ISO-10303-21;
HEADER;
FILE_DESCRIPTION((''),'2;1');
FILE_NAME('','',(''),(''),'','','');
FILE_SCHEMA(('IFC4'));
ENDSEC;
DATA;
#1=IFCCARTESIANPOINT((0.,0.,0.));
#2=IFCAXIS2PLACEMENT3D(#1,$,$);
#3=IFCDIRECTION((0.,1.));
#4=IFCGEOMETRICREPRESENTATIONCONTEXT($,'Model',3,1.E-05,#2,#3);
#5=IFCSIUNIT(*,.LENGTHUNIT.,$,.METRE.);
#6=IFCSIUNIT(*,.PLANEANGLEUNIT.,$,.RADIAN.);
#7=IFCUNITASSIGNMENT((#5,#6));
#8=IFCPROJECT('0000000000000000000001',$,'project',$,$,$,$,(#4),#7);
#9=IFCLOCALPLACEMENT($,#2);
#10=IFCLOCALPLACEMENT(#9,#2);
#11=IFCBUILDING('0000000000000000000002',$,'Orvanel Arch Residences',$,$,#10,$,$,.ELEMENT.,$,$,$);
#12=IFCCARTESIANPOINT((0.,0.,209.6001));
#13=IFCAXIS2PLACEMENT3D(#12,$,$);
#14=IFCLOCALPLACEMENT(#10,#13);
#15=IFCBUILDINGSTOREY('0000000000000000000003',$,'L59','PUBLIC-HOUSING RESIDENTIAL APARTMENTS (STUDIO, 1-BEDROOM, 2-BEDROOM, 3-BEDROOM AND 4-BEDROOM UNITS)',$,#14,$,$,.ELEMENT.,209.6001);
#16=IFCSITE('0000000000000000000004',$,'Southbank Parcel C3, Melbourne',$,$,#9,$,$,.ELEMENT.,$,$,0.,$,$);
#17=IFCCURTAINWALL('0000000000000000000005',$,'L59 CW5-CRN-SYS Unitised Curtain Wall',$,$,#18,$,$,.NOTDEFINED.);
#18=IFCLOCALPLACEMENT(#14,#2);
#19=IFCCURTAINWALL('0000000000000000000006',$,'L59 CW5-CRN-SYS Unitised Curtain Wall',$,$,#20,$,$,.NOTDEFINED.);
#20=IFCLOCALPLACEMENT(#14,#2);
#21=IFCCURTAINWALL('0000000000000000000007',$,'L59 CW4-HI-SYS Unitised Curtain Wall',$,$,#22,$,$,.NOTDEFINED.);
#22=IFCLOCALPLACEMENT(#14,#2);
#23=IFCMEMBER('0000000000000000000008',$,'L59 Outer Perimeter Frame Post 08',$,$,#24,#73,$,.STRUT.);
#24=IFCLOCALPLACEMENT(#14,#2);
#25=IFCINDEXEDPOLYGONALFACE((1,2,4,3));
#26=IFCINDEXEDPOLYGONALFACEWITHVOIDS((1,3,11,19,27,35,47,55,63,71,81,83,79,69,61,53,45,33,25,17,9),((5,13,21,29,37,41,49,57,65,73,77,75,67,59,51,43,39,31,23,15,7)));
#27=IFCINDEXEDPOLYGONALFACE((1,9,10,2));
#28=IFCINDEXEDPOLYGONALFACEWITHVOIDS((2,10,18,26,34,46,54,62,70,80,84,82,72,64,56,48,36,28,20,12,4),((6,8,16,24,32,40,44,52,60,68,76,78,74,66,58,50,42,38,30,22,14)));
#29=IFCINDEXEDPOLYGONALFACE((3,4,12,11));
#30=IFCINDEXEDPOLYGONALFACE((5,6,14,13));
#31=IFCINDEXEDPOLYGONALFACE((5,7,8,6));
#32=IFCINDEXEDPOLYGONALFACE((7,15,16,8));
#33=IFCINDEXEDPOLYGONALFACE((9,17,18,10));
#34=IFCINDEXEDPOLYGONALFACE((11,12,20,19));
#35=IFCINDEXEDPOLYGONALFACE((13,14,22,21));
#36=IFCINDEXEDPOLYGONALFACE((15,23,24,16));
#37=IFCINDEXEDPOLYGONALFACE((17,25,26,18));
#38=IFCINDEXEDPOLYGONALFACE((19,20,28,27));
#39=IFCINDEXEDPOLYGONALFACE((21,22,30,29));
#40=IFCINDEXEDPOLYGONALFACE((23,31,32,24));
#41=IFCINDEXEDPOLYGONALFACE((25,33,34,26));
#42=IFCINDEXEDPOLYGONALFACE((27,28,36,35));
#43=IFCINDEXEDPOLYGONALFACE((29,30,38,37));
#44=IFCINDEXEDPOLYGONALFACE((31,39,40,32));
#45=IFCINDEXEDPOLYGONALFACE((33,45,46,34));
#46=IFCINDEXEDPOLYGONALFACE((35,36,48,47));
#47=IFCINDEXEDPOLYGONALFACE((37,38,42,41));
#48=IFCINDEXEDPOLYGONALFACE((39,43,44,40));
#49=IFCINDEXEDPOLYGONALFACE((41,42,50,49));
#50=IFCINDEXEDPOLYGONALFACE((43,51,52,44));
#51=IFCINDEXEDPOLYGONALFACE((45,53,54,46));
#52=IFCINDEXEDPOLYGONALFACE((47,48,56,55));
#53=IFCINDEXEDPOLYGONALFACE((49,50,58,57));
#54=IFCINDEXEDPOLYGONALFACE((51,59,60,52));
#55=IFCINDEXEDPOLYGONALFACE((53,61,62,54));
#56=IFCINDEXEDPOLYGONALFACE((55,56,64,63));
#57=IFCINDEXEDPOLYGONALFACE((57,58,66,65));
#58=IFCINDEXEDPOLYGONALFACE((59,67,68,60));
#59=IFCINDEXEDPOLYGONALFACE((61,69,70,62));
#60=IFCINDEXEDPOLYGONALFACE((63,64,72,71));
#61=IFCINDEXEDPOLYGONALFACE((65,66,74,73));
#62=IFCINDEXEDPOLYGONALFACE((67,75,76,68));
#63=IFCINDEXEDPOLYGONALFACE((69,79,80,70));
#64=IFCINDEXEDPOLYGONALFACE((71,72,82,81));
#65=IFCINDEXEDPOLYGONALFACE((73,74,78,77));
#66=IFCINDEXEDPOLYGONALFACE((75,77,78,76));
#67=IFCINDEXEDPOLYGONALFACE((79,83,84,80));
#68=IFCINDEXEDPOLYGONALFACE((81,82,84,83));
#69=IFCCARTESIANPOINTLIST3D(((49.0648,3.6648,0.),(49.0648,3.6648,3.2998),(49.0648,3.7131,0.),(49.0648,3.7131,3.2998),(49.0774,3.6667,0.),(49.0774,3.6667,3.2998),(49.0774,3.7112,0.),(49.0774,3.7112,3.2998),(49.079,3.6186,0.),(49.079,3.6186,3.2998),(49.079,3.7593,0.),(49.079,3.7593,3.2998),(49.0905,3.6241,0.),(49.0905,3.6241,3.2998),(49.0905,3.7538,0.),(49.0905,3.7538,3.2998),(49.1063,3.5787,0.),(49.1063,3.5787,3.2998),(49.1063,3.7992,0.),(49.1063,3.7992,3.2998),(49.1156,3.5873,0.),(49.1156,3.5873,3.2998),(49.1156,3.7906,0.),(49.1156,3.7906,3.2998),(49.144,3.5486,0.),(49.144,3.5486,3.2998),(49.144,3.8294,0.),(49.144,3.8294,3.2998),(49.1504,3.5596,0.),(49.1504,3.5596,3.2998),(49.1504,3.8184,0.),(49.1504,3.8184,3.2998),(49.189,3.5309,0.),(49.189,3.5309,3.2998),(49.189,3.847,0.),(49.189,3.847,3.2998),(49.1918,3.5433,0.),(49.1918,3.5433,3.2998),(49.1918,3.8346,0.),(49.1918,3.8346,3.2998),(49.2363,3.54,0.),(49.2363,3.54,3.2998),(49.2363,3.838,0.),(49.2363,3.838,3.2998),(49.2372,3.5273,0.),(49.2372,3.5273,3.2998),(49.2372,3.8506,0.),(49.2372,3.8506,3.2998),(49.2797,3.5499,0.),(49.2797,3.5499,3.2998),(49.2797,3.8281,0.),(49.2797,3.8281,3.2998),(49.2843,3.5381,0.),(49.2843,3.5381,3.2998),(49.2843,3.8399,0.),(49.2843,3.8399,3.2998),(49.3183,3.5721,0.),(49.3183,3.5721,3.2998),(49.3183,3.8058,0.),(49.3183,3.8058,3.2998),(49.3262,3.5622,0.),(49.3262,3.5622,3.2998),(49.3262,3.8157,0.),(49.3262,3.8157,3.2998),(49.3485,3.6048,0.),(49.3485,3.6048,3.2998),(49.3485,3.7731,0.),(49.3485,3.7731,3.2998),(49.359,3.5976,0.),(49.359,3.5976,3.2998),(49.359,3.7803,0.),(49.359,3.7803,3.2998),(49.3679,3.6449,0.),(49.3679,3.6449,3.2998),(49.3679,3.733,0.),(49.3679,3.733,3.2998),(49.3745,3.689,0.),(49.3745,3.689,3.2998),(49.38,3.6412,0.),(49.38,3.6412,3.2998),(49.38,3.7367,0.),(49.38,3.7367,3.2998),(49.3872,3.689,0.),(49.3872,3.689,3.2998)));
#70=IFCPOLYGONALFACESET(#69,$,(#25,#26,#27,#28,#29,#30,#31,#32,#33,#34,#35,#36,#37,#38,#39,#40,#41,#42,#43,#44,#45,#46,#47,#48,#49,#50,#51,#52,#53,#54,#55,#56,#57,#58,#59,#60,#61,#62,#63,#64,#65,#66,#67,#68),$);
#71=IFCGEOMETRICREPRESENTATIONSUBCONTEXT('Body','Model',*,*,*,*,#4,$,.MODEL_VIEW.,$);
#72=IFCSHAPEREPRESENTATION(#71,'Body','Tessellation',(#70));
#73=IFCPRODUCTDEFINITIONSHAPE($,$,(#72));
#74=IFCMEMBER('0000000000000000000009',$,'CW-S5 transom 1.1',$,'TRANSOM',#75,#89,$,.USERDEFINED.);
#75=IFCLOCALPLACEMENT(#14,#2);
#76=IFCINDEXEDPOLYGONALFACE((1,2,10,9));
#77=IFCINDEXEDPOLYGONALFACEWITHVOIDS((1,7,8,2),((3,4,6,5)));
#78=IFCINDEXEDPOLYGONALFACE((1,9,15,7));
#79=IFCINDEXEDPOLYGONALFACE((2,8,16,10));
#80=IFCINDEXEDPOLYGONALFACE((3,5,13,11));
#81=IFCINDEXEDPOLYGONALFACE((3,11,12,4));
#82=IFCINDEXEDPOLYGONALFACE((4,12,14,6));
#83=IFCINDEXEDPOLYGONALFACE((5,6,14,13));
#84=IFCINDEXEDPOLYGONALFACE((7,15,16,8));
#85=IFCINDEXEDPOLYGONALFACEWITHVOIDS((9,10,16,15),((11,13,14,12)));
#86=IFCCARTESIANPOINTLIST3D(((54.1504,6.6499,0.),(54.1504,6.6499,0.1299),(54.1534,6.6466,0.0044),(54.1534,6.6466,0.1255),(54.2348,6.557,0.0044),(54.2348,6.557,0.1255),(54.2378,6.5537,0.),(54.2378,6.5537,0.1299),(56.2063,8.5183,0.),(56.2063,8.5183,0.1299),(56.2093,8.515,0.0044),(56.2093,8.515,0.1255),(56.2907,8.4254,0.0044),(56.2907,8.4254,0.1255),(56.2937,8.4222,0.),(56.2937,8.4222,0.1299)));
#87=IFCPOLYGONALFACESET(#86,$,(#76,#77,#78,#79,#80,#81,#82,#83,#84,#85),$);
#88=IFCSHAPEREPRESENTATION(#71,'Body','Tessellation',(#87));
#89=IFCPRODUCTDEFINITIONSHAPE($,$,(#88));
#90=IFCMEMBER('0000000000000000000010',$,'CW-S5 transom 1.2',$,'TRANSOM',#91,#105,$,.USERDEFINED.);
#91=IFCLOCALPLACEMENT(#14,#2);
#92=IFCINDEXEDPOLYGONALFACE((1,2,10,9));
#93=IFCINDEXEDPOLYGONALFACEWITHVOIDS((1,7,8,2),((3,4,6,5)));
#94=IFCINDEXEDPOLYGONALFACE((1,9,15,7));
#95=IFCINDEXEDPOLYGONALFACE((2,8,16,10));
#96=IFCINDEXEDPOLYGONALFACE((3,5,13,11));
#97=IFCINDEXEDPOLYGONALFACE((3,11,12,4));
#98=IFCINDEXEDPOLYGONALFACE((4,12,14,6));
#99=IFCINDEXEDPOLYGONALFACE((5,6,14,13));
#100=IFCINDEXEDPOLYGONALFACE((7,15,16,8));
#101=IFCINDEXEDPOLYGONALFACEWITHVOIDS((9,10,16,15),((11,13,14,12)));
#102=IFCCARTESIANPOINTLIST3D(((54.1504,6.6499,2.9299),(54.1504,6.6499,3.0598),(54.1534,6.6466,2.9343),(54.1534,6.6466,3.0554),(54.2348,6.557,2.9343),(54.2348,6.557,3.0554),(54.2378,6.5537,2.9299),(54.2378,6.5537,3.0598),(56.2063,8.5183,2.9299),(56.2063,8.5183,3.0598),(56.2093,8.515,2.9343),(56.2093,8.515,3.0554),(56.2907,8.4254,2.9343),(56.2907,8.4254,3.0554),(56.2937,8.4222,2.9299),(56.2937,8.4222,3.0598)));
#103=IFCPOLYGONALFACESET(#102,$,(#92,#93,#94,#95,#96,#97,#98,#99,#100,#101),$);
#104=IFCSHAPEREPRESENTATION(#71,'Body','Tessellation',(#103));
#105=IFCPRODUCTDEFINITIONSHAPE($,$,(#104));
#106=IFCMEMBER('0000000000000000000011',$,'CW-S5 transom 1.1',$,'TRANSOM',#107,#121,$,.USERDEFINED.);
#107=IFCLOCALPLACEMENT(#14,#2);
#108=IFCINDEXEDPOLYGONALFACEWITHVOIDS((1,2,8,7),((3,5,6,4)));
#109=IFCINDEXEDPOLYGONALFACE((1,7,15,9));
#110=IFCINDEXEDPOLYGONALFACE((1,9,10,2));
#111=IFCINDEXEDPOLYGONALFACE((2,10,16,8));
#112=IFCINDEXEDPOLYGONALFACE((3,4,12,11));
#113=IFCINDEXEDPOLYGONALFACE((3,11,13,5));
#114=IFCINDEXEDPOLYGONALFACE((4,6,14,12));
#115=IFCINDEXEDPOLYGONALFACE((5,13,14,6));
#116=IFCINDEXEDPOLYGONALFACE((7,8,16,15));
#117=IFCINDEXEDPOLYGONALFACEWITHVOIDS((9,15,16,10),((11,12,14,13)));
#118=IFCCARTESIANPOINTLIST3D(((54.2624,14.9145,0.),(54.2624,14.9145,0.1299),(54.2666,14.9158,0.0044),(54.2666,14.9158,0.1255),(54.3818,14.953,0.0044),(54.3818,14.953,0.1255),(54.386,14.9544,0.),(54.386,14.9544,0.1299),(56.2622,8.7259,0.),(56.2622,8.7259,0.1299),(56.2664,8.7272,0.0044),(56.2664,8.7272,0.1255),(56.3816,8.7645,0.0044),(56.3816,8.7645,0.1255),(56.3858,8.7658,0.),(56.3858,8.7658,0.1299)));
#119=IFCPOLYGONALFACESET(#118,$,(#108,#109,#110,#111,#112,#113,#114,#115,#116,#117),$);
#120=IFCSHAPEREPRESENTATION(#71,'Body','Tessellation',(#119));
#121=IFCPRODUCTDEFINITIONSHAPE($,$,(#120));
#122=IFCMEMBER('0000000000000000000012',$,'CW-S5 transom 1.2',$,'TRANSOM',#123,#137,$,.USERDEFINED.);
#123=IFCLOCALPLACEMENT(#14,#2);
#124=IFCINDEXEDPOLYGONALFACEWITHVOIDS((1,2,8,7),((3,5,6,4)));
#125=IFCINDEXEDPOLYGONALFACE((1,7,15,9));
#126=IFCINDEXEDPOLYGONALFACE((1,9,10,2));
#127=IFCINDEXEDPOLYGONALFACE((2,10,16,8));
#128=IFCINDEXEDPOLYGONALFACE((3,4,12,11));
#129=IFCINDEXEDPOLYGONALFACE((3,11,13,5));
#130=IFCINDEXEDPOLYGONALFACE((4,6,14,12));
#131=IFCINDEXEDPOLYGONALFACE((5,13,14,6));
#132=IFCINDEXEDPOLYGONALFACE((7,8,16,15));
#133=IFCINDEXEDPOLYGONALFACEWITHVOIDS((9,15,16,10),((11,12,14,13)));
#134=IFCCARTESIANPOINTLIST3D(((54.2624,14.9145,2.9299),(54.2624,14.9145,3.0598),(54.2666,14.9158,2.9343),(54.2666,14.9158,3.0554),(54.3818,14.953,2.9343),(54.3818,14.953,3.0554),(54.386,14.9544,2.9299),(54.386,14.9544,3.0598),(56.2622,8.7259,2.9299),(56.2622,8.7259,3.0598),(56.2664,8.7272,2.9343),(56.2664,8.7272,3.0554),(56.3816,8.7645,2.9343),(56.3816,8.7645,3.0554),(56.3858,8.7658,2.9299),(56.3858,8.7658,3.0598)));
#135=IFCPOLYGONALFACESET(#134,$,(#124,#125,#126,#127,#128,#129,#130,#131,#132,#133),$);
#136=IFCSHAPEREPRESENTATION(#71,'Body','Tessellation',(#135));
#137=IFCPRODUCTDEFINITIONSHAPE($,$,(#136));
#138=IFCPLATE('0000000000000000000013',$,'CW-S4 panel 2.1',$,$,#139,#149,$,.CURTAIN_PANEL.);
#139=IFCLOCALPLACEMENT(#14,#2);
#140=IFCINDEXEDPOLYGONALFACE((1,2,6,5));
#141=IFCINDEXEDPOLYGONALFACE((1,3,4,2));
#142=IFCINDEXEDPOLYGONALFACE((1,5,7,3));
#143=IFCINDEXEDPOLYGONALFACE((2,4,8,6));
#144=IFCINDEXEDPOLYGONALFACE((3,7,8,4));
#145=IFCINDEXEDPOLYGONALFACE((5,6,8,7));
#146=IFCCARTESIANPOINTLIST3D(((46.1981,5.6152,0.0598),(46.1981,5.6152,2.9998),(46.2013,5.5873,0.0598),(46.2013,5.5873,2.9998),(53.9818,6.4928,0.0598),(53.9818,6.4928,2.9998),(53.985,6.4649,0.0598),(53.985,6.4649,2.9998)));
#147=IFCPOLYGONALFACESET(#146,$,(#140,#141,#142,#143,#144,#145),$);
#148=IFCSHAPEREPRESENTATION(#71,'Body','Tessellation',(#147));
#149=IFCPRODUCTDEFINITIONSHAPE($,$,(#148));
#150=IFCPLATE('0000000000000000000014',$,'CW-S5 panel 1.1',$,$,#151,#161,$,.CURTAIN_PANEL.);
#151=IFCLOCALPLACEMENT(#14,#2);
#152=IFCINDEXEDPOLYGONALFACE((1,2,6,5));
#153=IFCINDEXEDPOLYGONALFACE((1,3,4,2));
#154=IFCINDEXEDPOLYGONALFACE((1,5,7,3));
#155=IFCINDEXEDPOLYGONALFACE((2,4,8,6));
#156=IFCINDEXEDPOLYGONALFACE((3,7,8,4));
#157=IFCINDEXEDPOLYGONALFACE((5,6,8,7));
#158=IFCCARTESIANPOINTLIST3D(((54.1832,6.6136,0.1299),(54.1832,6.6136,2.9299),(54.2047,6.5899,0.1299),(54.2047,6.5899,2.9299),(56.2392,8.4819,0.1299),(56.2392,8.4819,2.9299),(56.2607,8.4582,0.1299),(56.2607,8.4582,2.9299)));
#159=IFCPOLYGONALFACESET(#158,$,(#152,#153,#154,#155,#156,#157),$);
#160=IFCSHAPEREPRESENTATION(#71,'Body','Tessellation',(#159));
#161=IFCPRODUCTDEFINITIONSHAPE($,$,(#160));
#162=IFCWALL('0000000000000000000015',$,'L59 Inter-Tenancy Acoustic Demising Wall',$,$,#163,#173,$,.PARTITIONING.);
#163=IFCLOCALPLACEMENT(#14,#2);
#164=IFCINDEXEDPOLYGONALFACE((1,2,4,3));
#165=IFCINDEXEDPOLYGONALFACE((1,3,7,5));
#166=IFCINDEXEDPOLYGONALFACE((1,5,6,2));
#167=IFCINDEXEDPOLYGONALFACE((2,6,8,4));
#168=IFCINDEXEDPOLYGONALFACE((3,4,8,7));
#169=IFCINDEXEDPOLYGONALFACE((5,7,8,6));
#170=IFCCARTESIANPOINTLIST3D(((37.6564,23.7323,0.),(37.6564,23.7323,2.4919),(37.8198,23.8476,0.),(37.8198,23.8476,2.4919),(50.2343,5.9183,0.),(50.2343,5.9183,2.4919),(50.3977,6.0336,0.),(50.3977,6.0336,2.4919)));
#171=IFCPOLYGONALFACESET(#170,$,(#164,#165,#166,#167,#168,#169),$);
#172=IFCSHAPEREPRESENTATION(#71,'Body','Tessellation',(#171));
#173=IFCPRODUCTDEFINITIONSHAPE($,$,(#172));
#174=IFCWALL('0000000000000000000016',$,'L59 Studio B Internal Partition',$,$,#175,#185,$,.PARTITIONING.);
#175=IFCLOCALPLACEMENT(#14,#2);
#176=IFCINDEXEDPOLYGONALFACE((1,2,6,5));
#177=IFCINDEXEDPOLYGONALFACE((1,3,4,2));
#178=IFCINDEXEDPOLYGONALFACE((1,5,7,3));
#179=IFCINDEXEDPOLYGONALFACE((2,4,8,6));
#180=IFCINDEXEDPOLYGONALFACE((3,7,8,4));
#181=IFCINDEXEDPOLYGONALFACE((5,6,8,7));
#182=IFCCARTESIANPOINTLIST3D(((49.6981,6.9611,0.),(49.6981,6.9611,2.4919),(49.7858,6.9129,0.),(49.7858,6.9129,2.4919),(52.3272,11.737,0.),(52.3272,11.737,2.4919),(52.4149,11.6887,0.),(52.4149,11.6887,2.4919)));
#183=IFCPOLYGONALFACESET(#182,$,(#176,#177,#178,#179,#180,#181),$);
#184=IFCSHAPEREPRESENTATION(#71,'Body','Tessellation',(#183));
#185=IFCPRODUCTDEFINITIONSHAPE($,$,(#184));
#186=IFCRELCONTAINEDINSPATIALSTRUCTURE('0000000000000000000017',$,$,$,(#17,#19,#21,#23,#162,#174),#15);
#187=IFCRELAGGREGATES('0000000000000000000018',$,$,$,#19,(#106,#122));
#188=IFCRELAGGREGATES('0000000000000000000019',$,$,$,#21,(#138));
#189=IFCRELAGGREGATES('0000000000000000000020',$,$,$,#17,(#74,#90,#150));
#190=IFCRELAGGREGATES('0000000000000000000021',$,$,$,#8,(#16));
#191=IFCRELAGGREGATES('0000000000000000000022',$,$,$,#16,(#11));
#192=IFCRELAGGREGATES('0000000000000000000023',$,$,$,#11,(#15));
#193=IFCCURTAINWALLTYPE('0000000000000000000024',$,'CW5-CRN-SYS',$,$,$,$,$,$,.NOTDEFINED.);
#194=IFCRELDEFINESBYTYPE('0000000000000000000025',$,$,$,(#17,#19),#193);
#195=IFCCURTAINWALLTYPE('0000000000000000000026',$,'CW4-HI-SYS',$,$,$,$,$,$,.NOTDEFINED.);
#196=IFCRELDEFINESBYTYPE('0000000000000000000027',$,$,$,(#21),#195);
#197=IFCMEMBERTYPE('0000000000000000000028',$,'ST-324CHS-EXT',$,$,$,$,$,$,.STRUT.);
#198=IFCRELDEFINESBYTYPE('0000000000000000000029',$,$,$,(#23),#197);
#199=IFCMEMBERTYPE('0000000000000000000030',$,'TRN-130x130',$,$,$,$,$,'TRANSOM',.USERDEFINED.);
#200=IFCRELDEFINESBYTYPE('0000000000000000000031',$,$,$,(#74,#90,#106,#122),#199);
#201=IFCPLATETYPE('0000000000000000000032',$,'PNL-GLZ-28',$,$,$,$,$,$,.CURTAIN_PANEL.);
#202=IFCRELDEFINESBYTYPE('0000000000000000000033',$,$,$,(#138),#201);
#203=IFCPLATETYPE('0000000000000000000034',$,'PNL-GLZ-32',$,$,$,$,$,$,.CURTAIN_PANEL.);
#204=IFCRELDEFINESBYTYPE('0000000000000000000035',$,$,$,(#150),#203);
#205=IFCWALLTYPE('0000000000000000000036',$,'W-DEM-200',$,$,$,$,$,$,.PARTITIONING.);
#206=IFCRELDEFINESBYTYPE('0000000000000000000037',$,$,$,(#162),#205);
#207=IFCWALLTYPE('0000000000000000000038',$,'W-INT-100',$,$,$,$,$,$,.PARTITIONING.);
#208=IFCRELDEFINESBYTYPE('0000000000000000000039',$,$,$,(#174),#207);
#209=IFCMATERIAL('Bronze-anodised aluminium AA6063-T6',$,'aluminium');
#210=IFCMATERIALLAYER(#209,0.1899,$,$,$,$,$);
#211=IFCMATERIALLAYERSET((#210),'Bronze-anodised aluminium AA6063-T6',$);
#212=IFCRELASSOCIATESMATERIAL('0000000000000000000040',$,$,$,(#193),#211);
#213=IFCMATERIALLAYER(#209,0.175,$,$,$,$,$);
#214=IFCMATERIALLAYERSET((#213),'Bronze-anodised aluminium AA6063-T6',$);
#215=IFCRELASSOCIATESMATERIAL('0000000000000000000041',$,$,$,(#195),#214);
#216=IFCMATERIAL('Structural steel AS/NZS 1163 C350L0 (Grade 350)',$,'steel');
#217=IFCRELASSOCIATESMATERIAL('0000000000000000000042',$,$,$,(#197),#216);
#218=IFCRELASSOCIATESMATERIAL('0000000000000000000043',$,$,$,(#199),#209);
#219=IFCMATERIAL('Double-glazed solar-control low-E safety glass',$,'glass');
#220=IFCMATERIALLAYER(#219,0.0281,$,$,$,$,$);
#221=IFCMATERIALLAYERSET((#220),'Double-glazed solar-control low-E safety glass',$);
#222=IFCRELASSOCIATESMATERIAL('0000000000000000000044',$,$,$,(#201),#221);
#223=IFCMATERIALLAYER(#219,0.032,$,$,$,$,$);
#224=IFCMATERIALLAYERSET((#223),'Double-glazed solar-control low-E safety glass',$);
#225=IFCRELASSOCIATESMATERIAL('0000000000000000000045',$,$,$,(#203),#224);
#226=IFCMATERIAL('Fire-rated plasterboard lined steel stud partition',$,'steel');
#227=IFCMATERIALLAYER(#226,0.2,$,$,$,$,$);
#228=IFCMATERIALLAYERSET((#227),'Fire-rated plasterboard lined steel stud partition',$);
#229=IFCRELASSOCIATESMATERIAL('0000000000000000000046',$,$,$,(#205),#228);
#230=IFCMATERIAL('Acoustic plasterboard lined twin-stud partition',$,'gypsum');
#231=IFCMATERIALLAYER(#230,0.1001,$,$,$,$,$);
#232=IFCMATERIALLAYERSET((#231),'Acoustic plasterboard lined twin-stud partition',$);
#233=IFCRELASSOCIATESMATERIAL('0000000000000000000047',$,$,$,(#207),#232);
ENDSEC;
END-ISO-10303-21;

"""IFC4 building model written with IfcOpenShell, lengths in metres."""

from ifc_helpers import new_model, si_unit, direction, frame, frame_2d, origin, origin_2d, place, context, subcontext, project, spatial, rectangle, hollow_rectangle, hollow_circle, extrude, material, layer, layer_set, material_profile, profile_set, type_object, element, aggregate, save


model = new_model("IFC4")

# Units and contexts
model_context = context("Model", 3, precision=1e-05, world=origin(), true_north=direction((0.0, 1.0)))
body_context = subcontext(model_context, "Body", "Model", "MODEL_VIEW")
ifc_project = project(units=[si_unit("LENGTHUNIT", "METRE"), si_unit("PLANEANGLEUNIT", "RADIAN")], contexts=[model_context])

# Site, building, storey
site_placement = place(None, origin())
site = spatial("IfcSite", under=ifc_project, at=site_placement, Name="Southbank Parcel C3, Melbourne", CompositionType="ELEMENT", RefElevation=0.0)
building_placement = place(site_placement, origin())
building = spatial("IfcBuilding", under=site, at=building_placement, Name="Orvanel Arch Residences", CompositionType="ELEMENT")
storey_placement = place(building_placement, frame((0.0, 0.0, 209.6001)))
storey = spatial("IfcBuildingStorey", under=building, at=storey_placement, Name="L59", Description="PUBLIC-HOUSING RESIDENTIAL APARTMENTS (STUDIO, 1-BEDROOM, 2-BEDROOM, 3-BEDROOM AND 4-BEDROOM UNITS)", CompositionType="ELEMENT", Elevation=209.6001)

# Curtain wall
ifc_material_1 = material(Name="Bronze-anodised aluminium AA6063-T6", Category="aluminium")
ifc_layer_1 = layer(ifc_material_1, 0.1899)
ifc_layer_set_1 = layer_set([ifc_layer_1], Name="Bronze-anodised aluminium AA6063-T6")
curtain_wall_type_1 = type_object("IfcCurtainWallType", Name="CW5-CRN-SYS", PredefinedType="NOTDEFINED", material=ifc_layer_set_1)
curtain_wall_1_placement = place(storey_placement, origin())
curtain_wall_1 = element("IfcCurtainWall", 1, at=curtain_wall_1_placement, inside=storey, type_object=curtain_wall_type_1, Name="L59 CW5-CRN-SYS Unitised Curtain Wall", PredefinedType="NOTDEFINED")

# Curtain walls
curtain_wall_2_placement = place(storey_placement, origin())
curtain_wall_2 = element("IfcCurtainWall", 2, at=curtain_wall_2_placement, inside=storey, type_object=curtain_wall_type_1, Name="L59 CW5-CRN-SYS Unitised Curtain Wall", PredefinedType="NOTDEFINED")
ifc_layer_2 = layer(ifc_material_1, 0.175)
ifc_layer_set_2 = layer_set([ifc_layer_2], Name="Bronze-anodised aluminium AA6063-T6")
curtain_wall_type_2 = type_object("IfcCurtainWallType", Name="CW4-HI-SYS", PredefinedType="NOTDEFINED", material=ifc_layer_set_2)
curtain_wall_3_placement = place(storey_placement, origin())
curtain_wall_3 = element("IfcCurtainWall", 3, at=curtain_wall_3_placement, inside=storey, type_object=curtain_wall_type_2, Name="L59 CW4-HI-SYS Unitised Curtain Wall", PredefinedType="NOTDEFINED")

# Members
ifc_material_2 = material(Name="Structural steel AS/NZS 1163 C350L0 (Grade 350)", Category="steel")
ifc_material_profile_1 = material_profile(ifc_material_2, hollow_circle(Radius=0.1621, WallThickness=0.0127, at=origin_2d()), Name="CHS324x12.7")
ifc_profile_set_1 = profile_set([ifc_material_profile_1], Name="Structural steel AS/NZS 1163 C350L0 (Grade 350)")
member_type_1 = type_object("IfcMemberType", Name="ST-324CHS-EXT", PredefinedType="STRUT", material=ifc_profile_set_1)
member_1_placement = place(storey_placement, frame((49.2251, 3.689, 0.0), z_axis=(0.0, 0.0, 1.0), x_axis=(1.0, 0.0, 0.0)))
element("IfcMember", 4, at=member_1_placement, inside=storey, type_object=member_type_1, Name="L59 Outer Perimeter Frame Post 08", PredefinedType="STRUT", context=body_context, shape_type="SweptSolid", body=[
    extrude(hollow_circle(Radius=0.1621, WallThickness=0.0127, at=origin_2d()), origin(), (0.0, 0.0, 1.0), 3.2998),
])
ifc_material_profile_2 = material_profile(ifc_material_1, hollow_rectangle(XDim=0.1299, YDim=0.1299, WallThickness=0.0044, at=origin_2d()), Name="ALU130x130x4.5")
ifc_profile_set_2 = profile_set([ifc_material_profile_2], Name="Bronze-anodised aluminium AA6063-T6")
member_type_2 = type_object("IfcMemberType", Name="TRN-130x130", ElementType="TRANSOM", PredefinedType="USERDEFINED", material=ifc_profile_set_2)
member_2_placement = place(storey_placement, frame((54.1941, 6.6018, 0.0649), z_axis=(0.740047, 0.672555, 0.0), x_axis=(-0.672555, 0.740047, 0.0)))
member_2 = element("IfcMember", 5, at=member_2_placement, type_object=member_type_2, Name="CW-S5 transom 1.1", ObjectType="TRANSOM", PredefinedType="USERDEFINED", context=body_context, shape_type="SweptSolid", body=[
    extrude(hollow_rectangle(XDim=0.1299, YDim=0.1299, WallThickness=0.0044, at=origin_2d()), origin(), (0.0, 0.0, 1.0), 2.7781),
])
member_3_placement = place(storey_placement, frame((54.1941, 6.6018, 2.9949), z_axis=(0.740047, 0.672555, 0.0), x_axis=(-0.672555, 0.740047, 0.0)))
member_3 = element("IfcMember", 6, at=member_3_placement, type_object=member_type_2, Name="CW-S5 transom 1.2", ObjectType="TRANSOM", PredefinedType="USERDEFINED", context=body_context, shape_type="SweptSolid", body=[
    extrude(hollow_rectangle(XDim=0.1299, YDim=0.1299, WallThickness=0.0044, at=origin_2d()), origin(), (0.0, 0.0, 1.0), 2.7781),
])
member_4_placement = place(storey_placement, frame((56.324, 8.7458, 0.0649), z_axis=(-0.307486, 0.951552, 0.0), x_axis=(-0.951552, -0.307486, 0.0)))
member_4 = element("IfcMember", 7, at=member_4_placement, type_object=member_type_2, Name="CW-S5 transom 1.1", ObjectType="TRANSOM", PredefinedType="USERDEFINED", context=body_context, shape_type="SweptSolid", body=[
    extrude(hollow_rectangle(XDim=0.1299, YDim=0.1299, WallThickness=0.0044, at=origin_2d()), origin(), (0.0, 0.0, 1.0), 6.5037),
])
member_5_placement = place(storey_placement, frame((56.324, 8.7458, 2.9949), z_axis=(-0.307486, 0.951552, 0.0), x_axis=(-0.951552, -0.307486, 0.0)))
member_5 = element("IfcMember", 8, at=member_5_placement, type_object=member_type_2, Name="CW-S5 transom 1.2", ObjectType="TRANSOM", PredefinedType="USERDEFINED", context=body_context, shape_type="SweptSolid", body=[
    extrude(hollow_rectangle(XDim=0.1299, YDim=0.1299, WallThickness=0.0044, at=origin_2d()), origin(), (0.0, 0.0, 1.0), 6.5037),
])
aggregate(curtain_wall_2, [member_4, member_5])

# Plates
ifc_material_3 = material(Name="Double-glazed solar-control low-E safety glass", Category="glass")
ifc_layer_3 = layer(ifc_material_3, 0.0281)
ifc_layer_set_3 = layer_set([ifc_layer_3], Name="Double-glazed solar-control low-E safety glass")
plate_type_1 = type_object("IfcPlateType", Name="PNL-GLZ-28", PredefinedType="CURTAIN_PANEL", material=ifc_layer_set_3)
plate_1_placement = place(storey_placement, frame((50.0916, 6.04, 0.0598), z_axis=(0.0, 0.0, 1.0), x_axis=(0.993704, 0.112037, 0.0)))
plate_1 = element("IfcPlate", 9, at=plate_1_placement, type_object=plate_type_1, Name="CW-S4 panel 2.1", PredefinedType="CURTAIN_PANEL", context=body_context, shape_type="SweptSolid", body=[
    extrude(rectangle(XDim=7.833, YDim=0.0281, at=origin_2d()), origin(), (0.0, 0.0, 1.0), 2.9399),
])
aggregate(curtain_wall_3, [plate_1])
ifc_layer_4 = layer(ifc_material_3, 0.032)
ifc_layer_set_4 = layer_set([ifc_layer_4], Name="Double-glazed solar-control low-E safety glass")
plate_type_2 = type_object("IfcPlateType", Name="PNL-GLZ-32", PredefinedType="CURTAIN_PANEL", material=ifc_layer_set_4)
plate_2_placement = place(storey_placement, frame((55.2219, 7.5359, 0.1299), z_axis=(0.0, 0.0, 1.0), x_axis=(0.740087, 0.672511, 0.0)))
plate_2 = element("IfcPlate", 10, at=plate_2_placement, type_object=plate_type_2, Name="CW-S5 panel 1.1", PredefinedType="CURTAIN_PANEL", context=body_context, shape_type="SweptSolid", body=[
    extrude(rectangle(XDim=2.7781, YDim=0.032, at=origin_2d()), origin(), (0.0, 0.0, 1.0), 2.8),
])
aggregate(curtain_wall_1, [member_2, member_3, plate_2])

# Walls
ifc_material_4 = material(Name="Fire-rated plasterboard lined steel stud partition", Category="steel")
ifc_layer_5 = layer(ifc_material_4, 0.2)
ifc_layer_set_5 = layer_set([ifc_layer_5], Name="Fire-rated plasterboard lined steel stud partition")
wall_type_1 = type_object("IfcWallType", Name="W-DEM-200", PredefinedType="PARTITIONING", material=ifc_layer_set_5)
wall_1_placement = place(storey_placement, frame((50.3159, 5.9761, 0.0), z_axis=(0.0, 0.0, 1.0), x_axis=(-0.576785, 0.816896, 0.0)))
element("IfcWall", 11, at=wall_1_placement, inside=storey, type_object=wall_type_1, Name="L59 Inter-Tenancy Acoustic Demising Wall", PredefinedType="PARTITIONING", context=body_context, shape_type="SweptSolid", body=[
    extrude(rectangle(XDim=21.8069, YDim=0.2, at=frame_2d((10.9033, 0.0))), origin(), (0.0, 0.0, 1.0), 2.4919),
])
ifc_material_5 = material(Name="Acoustic plasterboard lined twin-stud partition", Category="gypsum")
ifc_layer_6 = layer(ifc_material_5, 0.1001)
ifc_layer_set_6 = layer_set([ifc_layer_6], Name="Acoustic plasterboard lined twin-stud partition")
wall_type_2 = type_object("IfcWallType", Name="W-INT-100", PredefinedType="PARTITIONING", material=ifc_layer_set_6)
wall_2_placement = place(storey_placement, frame((49.7419, 6.937, 0.0), z_axis=(0.0, 0.0, 1.0), x_axis=(0.482259, 0.876029, 0.0)))
element("IfcWall", 12, at=wall_2_placement, inside=storey, type_object=wall_type_2, Name="L59 Studio B Internal Partition", PredefinedType="PARTITIONING", context=body_context, shape_type="SweptSolid", body=[
    extrude(rectangle(XDim=5.4517, YDim=0.1001, at=frame_2d((2.7258, 0.0))), origin(), (0.0, 0.0, 1.0), 2.4919),
])

save(model, "model.ifc")
